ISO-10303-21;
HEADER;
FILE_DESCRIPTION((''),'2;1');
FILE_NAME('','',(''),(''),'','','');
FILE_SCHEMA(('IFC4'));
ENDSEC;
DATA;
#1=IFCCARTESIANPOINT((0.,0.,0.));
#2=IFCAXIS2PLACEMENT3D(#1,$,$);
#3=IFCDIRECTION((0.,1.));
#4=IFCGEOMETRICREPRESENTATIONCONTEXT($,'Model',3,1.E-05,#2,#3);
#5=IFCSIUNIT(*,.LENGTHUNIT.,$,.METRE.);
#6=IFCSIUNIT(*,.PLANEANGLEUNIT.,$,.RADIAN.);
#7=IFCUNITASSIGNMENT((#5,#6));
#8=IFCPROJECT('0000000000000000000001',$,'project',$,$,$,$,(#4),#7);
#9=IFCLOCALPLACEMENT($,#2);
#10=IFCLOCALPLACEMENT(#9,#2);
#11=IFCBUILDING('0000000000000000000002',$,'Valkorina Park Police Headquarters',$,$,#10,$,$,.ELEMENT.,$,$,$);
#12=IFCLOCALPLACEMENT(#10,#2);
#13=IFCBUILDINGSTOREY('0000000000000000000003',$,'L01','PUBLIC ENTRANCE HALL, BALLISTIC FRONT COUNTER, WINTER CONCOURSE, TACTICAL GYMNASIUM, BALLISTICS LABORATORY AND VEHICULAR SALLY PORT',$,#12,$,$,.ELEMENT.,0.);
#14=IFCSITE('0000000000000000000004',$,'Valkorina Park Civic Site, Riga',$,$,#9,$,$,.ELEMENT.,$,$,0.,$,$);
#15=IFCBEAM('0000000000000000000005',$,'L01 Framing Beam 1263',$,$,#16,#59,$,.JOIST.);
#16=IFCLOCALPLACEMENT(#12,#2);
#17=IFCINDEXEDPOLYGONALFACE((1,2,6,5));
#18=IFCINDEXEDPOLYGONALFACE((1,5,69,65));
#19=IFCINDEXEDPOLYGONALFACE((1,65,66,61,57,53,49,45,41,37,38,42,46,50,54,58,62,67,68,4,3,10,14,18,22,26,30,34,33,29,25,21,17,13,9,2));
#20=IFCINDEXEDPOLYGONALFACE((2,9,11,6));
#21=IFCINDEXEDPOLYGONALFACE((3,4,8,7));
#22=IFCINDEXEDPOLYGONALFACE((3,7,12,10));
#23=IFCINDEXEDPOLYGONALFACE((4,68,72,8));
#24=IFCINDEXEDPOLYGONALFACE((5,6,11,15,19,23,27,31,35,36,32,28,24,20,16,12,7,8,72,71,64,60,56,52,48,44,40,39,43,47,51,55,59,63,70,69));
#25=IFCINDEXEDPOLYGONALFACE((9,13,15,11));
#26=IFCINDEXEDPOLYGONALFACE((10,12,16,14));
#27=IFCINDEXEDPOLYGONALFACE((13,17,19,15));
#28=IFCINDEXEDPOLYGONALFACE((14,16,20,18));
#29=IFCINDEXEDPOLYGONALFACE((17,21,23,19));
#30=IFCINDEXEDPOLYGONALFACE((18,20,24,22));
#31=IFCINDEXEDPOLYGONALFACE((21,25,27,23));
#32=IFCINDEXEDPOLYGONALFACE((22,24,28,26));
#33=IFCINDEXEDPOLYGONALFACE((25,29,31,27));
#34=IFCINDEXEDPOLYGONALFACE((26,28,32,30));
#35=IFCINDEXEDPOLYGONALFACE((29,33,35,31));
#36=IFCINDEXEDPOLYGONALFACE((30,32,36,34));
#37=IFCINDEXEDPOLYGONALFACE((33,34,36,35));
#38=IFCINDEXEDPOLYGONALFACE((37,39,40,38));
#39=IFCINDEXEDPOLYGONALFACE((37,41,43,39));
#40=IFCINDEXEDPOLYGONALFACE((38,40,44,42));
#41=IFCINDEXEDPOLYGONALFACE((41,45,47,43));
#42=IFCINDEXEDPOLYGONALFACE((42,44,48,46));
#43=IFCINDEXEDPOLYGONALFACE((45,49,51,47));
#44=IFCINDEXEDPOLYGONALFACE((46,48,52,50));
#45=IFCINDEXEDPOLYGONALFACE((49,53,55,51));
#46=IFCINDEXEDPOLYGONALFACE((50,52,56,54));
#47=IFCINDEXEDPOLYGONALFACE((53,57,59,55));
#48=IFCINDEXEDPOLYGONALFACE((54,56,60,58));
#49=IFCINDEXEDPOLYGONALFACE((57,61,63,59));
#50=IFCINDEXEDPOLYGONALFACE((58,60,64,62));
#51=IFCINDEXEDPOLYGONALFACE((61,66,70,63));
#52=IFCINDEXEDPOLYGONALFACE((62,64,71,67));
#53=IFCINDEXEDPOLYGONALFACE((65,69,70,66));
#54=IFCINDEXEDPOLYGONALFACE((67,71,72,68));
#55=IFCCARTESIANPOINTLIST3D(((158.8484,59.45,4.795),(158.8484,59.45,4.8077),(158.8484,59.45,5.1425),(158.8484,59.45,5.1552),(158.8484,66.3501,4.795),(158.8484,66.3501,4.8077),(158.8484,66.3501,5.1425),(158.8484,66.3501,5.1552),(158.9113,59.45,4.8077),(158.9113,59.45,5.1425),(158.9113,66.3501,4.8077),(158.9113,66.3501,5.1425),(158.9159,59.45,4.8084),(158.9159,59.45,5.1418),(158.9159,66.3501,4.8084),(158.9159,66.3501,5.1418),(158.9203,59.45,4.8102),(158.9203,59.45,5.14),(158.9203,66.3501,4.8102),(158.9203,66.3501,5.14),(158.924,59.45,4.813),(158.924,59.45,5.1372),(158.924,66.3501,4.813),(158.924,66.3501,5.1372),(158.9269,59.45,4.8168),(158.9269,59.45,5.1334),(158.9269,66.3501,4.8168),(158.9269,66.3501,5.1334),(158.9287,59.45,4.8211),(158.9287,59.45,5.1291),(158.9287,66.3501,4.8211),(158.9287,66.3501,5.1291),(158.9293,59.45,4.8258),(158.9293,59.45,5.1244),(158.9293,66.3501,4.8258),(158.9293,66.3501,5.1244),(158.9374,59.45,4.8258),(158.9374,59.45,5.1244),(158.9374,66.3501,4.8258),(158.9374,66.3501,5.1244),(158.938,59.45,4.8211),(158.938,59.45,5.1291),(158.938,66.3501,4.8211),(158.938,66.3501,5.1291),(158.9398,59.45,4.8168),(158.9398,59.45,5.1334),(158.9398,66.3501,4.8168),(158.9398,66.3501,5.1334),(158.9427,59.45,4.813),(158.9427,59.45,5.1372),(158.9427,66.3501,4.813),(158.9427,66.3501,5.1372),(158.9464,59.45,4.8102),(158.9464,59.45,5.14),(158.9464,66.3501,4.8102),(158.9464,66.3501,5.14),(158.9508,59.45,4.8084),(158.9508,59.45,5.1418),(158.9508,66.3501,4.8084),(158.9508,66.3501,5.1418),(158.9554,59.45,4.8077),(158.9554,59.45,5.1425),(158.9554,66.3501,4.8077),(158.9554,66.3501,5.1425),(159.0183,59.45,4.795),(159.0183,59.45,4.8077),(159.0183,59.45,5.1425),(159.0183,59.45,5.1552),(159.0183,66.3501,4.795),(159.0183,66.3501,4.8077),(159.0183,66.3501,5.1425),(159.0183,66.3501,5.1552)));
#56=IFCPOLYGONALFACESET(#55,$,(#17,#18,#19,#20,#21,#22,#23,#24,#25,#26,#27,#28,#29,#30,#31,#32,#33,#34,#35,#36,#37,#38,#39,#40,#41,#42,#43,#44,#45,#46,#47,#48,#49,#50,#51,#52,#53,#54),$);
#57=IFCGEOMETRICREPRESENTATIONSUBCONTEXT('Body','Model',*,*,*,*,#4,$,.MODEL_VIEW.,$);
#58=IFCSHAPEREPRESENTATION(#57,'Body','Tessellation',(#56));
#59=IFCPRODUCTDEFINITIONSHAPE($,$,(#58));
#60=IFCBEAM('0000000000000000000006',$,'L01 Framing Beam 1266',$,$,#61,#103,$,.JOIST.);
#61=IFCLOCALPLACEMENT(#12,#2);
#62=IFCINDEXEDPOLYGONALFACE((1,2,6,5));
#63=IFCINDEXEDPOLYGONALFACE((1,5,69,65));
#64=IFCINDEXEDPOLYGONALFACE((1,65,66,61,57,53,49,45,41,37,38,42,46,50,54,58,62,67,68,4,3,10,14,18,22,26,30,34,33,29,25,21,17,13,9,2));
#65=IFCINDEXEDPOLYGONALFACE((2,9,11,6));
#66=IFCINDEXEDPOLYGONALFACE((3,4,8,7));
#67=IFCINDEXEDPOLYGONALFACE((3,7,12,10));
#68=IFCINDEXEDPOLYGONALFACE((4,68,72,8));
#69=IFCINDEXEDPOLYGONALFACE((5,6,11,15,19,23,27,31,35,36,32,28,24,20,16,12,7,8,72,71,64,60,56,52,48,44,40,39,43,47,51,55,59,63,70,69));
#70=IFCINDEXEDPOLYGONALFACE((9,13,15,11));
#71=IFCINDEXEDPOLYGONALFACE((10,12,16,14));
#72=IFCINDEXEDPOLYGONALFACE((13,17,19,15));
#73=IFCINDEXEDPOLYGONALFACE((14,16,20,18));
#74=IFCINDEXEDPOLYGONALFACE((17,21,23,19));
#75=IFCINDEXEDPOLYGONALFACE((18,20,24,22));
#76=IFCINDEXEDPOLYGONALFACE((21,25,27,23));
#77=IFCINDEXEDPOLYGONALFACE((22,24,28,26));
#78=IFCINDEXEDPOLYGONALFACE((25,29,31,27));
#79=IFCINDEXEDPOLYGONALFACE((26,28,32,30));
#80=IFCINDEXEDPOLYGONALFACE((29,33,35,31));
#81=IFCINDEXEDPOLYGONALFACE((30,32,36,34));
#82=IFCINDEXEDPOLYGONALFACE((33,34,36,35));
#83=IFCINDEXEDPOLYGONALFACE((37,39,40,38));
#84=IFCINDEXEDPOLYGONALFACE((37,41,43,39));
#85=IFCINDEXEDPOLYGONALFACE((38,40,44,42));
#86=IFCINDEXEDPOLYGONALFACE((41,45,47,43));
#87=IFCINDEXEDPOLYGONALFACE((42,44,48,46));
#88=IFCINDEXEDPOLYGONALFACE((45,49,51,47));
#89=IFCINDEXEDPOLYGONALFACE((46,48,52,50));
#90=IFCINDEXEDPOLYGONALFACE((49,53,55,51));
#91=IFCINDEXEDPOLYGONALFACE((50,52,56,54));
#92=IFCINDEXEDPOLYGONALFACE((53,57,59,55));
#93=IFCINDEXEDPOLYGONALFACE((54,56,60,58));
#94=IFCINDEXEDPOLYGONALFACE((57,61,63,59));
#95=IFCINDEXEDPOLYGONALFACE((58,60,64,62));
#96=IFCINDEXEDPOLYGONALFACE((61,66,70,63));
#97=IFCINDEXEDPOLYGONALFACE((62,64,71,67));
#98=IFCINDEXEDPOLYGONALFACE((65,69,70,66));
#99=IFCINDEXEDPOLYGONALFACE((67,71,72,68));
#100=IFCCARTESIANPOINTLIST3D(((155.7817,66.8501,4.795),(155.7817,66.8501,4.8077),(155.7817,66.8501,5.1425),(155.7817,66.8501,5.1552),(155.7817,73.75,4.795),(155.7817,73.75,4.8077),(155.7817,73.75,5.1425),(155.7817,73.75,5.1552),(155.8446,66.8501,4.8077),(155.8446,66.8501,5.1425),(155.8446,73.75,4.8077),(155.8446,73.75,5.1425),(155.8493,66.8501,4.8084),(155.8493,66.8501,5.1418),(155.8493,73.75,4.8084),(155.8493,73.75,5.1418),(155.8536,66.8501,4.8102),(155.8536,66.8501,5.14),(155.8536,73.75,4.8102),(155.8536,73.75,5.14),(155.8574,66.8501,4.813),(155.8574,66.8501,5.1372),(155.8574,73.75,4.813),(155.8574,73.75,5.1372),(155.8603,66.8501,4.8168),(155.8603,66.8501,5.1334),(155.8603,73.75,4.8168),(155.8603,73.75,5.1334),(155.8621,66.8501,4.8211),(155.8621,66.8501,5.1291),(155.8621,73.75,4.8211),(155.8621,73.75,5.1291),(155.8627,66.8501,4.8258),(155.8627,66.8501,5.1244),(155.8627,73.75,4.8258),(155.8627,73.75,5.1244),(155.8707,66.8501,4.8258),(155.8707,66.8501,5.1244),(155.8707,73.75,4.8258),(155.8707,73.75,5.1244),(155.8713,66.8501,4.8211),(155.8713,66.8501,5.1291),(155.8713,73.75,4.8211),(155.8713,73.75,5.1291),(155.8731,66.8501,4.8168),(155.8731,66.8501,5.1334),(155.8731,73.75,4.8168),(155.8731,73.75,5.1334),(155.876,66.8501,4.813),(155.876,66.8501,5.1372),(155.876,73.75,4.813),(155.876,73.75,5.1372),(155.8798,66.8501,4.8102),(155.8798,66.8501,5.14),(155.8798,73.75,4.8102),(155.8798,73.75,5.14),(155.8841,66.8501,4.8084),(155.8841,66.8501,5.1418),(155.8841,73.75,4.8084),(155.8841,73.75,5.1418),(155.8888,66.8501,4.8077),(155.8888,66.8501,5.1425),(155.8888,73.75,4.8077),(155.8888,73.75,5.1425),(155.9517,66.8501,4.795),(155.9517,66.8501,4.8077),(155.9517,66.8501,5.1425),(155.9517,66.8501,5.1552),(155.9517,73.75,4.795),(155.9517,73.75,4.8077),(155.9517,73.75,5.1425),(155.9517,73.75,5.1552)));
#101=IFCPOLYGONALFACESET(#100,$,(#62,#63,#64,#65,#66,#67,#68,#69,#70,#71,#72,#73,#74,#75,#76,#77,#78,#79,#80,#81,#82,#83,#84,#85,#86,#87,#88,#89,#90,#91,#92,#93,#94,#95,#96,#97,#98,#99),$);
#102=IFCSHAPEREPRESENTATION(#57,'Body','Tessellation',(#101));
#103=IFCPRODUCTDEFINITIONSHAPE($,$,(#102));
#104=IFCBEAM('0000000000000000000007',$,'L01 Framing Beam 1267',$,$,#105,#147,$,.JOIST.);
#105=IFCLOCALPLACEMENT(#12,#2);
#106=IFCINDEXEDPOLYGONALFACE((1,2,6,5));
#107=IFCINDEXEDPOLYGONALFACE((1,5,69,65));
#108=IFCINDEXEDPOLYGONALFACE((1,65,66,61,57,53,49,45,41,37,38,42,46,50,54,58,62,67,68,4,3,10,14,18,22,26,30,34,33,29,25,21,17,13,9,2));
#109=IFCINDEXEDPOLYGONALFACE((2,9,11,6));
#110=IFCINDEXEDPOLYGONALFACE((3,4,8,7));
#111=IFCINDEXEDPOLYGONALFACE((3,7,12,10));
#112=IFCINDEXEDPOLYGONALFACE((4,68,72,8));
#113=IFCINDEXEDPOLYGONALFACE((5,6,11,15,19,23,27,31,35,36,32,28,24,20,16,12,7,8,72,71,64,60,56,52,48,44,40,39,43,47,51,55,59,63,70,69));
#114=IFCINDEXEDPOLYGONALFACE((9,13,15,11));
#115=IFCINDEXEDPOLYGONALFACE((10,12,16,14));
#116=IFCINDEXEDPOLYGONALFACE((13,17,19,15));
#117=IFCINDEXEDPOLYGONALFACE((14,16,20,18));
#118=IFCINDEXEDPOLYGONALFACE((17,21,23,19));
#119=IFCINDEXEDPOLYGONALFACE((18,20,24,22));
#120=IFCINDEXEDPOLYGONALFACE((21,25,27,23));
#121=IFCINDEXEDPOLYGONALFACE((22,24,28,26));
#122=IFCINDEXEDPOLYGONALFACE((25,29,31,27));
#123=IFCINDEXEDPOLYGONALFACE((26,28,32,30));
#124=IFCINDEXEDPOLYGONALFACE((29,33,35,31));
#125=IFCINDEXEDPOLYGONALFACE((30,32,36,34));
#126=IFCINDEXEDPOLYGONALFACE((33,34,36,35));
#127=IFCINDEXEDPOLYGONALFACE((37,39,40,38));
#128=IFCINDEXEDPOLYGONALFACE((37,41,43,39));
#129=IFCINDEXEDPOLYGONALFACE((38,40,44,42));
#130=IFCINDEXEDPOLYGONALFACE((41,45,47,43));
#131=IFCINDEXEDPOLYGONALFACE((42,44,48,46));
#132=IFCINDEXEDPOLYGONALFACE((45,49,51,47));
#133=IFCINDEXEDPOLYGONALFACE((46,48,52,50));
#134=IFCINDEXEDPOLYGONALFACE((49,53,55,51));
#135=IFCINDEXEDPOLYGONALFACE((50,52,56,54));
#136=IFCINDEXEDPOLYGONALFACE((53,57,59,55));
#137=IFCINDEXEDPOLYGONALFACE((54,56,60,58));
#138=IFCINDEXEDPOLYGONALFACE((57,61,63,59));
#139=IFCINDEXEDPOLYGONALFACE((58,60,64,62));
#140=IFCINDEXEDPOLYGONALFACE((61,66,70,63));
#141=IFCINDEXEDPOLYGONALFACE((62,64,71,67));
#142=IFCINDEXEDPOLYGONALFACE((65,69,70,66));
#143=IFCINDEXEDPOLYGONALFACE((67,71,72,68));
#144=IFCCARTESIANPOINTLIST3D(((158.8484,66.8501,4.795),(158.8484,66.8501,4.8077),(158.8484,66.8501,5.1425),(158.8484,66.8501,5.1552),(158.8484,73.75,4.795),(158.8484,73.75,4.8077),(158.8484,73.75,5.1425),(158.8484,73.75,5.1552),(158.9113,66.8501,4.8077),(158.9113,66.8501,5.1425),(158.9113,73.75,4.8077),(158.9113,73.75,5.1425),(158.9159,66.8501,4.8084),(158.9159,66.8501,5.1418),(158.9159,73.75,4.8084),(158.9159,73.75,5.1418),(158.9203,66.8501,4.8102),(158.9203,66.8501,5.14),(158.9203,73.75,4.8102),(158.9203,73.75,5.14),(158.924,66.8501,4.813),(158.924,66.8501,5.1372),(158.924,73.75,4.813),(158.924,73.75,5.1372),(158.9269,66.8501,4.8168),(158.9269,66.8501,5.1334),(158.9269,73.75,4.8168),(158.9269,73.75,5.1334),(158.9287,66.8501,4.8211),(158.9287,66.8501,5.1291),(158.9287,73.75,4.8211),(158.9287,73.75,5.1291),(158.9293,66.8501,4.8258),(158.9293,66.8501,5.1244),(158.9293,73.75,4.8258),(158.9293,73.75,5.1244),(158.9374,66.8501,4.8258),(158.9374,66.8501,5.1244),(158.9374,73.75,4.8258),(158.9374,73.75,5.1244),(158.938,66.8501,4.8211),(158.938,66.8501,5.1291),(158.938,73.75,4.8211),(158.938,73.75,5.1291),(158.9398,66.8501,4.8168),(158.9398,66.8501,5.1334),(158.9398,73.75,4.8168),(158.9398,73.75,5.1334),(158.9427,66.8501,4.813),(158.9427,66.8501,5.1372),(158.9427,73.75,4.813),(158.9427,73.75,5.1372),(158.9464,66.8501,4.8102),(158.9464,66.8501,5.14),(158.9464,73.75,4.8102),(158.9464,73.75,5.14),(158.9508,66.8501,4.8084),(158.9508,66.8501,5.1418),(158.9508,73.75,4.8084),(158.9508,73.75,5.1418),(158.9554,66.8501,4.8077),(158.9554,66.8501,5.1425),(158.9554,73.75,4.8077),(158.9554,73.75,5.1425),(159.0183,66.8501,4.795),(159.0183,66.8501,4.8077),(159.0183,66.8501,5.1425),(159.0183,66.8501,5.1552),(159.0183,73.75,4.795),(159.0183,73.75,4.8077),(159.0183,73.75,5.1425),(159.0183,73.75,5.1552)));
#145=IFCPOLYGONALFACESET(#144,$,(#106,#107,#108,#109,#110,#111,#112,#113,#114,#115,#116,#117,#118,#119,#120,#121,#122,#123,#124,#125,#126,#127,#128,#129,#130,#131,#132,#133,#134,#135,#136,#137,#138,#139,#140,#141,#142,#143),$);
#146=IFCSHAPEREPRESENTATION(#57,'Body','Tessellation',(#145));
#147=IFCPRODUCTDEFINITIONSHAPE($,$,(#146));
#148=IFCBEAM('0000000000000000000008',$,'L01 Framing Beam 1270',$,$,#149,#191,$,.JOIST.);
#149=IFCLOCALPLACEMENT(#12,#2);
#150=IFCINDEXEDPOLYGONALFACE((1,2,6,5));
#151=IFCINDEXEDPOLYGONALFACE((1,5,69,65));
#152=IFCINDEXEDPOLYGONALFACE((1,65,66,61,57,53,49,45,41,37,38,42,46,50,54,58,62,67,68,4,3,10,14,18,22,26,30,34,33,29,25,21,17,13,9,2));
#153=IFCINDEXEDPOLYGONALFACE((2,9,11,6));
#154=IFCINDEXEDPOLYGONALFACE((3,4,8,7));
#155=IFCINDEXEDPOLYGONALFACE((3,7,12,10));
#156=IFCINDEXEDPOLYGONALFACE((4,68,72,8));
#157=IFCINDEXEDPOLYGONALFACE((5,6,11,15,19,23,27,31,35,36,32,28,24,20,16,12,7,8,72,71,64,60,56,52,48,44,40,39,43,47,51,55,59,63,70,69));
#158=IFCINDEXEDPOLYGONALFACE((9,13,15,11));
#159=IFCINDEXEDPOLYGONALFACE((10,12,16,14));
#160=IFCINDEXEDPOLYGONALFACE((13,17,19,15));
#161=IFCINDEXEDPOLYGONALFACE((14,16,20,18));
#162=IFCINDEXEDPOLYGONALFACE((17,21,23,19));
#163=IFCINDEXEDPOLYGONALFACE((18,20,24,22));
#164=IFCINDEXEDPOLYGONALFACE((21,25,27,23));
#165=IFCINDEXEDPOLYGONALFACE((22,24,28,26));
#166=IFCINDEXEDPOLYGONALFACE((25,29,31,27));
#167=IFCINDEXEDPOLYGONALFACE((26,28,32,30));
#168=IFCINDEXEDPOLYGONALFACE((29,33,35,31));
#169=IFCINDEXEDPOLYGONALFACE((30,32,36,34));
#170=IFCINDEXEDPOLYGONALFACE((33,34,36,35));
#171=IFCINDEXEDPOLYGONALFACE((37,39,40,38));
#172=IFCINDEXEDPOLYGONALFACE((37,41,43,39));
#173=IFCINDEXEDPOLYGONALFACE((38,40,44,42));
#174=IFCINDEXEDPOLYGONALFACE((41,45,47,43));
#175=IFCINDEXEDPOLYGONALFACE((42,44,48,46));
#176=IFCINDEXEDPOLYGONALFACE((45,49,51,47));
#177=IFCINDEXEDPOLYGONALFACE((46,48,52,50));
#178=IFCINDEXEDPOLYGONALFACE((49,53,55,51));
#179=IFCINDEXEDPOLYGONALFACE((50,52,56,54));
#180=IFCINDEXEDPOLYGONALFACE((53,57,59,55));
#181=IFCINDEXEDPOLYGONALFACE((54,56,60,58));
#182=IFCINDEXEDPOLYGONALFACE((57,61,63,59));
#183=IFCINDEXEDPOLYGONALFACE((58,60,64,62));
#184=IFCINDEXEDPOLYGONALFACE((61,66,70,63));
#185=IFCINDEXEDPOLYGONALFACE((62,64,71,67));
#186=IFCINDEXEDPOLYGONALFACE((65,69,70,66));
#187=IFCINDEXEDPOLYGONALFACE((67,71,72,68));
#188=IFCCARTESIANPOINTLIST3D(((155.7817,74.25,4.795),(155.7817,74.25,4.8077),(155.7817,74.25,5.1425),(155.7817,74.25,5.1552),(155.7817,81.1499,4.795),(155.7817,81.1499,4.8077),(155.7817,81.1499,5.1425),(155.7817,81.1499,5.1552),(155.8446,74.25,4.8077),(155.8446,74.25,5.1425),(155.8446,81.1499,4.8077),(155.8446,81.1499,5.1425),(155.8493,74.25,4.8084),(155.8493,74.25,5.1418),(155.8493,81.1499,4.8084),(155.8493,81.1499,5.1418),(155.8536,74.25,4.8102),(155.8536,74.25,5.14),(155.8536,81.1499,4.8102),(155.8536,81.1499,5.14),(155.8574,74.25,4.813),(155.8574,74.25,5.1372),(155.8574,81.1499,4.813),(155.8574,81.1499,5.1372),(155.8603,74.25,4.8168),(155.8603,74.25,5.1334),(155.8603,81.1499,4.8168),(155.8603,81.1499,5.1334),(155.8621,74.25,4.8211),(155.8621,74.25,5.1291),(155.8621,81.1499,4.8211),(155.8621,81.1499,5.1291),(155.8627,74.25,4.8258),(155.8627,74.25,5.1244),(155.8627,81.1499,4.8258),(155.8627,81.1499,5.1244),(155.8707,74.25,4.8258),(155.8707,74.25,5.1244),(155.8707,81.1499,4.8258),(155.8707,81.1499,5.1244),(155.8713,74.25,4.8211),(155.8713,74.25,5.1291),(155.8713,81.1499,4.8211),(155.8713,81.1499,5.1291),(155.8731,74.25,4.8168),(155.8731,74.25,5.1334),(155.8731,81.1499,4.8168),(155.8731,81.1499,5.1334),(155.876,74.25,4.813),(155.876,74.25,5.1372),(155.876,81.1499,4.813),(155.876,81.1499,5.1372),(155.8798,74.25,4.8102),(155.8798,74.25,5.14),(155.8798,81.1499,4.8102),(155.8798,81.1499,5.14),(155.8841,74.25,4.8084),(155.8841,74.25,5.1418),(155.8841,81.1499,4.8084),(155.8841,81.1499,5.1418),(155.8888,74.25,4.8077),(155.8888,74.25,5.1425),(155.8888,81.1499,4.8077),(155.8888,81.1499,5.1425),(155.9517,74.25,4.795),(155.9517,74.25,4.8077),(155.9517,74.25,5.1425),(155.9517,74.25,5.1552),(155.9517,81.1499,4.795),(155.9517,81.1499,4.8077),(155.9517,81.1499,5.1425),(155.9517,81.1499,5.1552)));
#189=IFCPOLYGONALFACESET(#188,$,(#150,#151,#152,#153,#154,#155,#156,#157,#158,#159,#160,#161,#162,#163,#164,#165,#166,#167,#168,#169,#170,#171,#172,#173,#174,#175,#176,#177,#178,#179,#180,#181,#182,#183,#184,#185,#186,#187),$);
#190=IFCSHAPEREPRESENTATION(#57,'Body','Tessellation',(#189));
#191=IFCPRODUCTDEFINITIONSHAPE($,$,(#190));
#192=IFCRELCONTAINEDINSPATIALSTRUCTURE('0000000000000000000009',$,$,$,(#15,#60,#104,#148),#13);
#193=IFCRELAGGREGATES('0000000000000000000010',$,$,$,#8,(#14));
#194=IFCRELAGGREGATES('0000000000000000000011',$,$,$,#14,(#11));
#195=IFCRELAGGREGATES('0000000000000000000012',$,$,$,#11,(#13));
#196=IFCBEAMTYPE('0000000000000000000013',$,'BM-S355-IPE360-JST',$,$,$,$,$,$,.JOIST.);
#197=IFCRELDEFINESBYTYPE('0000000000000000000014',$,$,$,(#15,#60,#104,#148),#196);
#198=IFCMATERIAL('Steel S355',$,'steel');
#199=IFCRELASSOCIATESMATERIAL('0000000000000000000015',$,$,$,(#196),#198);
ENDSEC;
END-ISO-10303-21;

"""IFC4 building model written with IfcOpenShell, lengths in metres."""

from ifc_helpers import new_model, si_unit, direction, frame, origin, origin_2d, place, context, subcontext, project, spatial, i_section, extrude, material, material_profile, profile_set, type_object, element, save


model = new_model("IFC4")

# Units and contexts
model_context = context("Model", 3, precision=1e-05, world=origin(), true_north=direction((0.0, 1.0)))
body_context = subcontext(model_context, "Body", "Model", "MODEL_VIEW")
ifc_project = project(units=[si_unit("LENGTHUNIT", "METRE"), si_unit("PLANEANGLEUNIT", "RADIAN")], contexts=[model_context])

# Site, building, storey
site_placement = place(None, origin())
site = spatial("IfcSite", under=ifc_project, at=site_placement, Name="Valkorina Park Civic Site, Riga", CompositionType="ELEMENT", RefElevation=0.0)
building_placement = place(site_placement, origin())
building = spatial("IfcBuilding", under=site, at=building_placement, Name="Valkorina Park Police Headquarters", CompositionType="ELEMENT")
storey_placement = place(building_placement, origin())
storey = spatial("IfcBuildingStorey", under=building, at=storey_placement, Name="L01", Description="PUBLIC ENTRANCE HALL, BALLISTIC FRONT COUNTER, WINTER CONCOURSE, TACTICAL GYMNASIUM, BALLISTICS LABORATORY AND VEHICULAR SALLY PORT", CompositionType="ELEMENT", Elevation=0.0)

# Beams
ifc_material_1 = material(Name="Steel S355", Category="steel")
ifc_material_profile_1 = material_profile(ifc_material_1, i_section(OverallWidth=0.1699, OverallDepth=0.3601, WebThickness=0.0081, FlangeThickness=0.0127, FilletRadius=0.0181, at=origin_2d()), Name="IPE 360")
ifc_profile_set_1 = profile_set([ifc_material_profile_1], Name="Steel S355")
beam_type_1 = type_object("IfcBeamType", Name="BM-S355-IPE360-JST", PredefinedType="JOIST", material=ifc_profile_set_1)
for number, where, z_axis, x_axis, name in (
    (1, (158.9333, 59.45, 4.9751), (0.0, 1.0, 0.0), (-1.0, 0.0, 0.0), "L01 Framing Beam 1263"),
):
    element("IfcBeam", number, at=place(storey_placement, frame(where, z_axis=z_axis, x_axis=x_axis)), inside=storey, type_object=beam_type_1, Name=name, PredefinedType="JOIST", context=body_context, shape_type="SweptSolid", body=[
        extrude(i_section(OverallWidth=0.1699, OverallDepth=0.3601, WebThickness=0.0081, FlangeThickness=0.0127, FilletRadius=0.0181, at=origin_2d()), origin(), (0.0, 0.0, 1.0), 6.9001),
    ])
for number, where, z_axis, x_axis, name in (
    (2, (155.8667, 66.8501, 4.9751), (0.0, 1.0, 0.0), (-1.0, 0.0, 0.0), "L01 Framing Beam 1266"),
    (3, (158.9333, 66.8501, 4.9751), (0.0, 1.0, 0.0), (-1.0, 0.0, 0.0), "L01 Framing Beam 1267"),
    (4, (155.8667, 74.25, 4.9751), (0.0, 1.0, 0.0), (-1.0, 0.0, 0.0), "L01 Framing Beam 1270"),
):
    element("IfcBeam", number, at=place(storey_placement, frame(where, z_axis=z_axis, x_axis=x_axis)), inside=storey, type_object=beam_type_1, Name=name, PredefinedType="JOIST", context=body_context, shape_type="SweptSolid", body=[
        extrude(i_section(OverallWidth=0.1699, OverallDepth=0.3601, WebThickness=0.0081, FlangeThickness=0.0127, FilletRadius=0.0181, at=origin_2d()), origin(), (0.0, 0.0, 1.0), 6.8999),
    ])

save(model, "model.ifc")
